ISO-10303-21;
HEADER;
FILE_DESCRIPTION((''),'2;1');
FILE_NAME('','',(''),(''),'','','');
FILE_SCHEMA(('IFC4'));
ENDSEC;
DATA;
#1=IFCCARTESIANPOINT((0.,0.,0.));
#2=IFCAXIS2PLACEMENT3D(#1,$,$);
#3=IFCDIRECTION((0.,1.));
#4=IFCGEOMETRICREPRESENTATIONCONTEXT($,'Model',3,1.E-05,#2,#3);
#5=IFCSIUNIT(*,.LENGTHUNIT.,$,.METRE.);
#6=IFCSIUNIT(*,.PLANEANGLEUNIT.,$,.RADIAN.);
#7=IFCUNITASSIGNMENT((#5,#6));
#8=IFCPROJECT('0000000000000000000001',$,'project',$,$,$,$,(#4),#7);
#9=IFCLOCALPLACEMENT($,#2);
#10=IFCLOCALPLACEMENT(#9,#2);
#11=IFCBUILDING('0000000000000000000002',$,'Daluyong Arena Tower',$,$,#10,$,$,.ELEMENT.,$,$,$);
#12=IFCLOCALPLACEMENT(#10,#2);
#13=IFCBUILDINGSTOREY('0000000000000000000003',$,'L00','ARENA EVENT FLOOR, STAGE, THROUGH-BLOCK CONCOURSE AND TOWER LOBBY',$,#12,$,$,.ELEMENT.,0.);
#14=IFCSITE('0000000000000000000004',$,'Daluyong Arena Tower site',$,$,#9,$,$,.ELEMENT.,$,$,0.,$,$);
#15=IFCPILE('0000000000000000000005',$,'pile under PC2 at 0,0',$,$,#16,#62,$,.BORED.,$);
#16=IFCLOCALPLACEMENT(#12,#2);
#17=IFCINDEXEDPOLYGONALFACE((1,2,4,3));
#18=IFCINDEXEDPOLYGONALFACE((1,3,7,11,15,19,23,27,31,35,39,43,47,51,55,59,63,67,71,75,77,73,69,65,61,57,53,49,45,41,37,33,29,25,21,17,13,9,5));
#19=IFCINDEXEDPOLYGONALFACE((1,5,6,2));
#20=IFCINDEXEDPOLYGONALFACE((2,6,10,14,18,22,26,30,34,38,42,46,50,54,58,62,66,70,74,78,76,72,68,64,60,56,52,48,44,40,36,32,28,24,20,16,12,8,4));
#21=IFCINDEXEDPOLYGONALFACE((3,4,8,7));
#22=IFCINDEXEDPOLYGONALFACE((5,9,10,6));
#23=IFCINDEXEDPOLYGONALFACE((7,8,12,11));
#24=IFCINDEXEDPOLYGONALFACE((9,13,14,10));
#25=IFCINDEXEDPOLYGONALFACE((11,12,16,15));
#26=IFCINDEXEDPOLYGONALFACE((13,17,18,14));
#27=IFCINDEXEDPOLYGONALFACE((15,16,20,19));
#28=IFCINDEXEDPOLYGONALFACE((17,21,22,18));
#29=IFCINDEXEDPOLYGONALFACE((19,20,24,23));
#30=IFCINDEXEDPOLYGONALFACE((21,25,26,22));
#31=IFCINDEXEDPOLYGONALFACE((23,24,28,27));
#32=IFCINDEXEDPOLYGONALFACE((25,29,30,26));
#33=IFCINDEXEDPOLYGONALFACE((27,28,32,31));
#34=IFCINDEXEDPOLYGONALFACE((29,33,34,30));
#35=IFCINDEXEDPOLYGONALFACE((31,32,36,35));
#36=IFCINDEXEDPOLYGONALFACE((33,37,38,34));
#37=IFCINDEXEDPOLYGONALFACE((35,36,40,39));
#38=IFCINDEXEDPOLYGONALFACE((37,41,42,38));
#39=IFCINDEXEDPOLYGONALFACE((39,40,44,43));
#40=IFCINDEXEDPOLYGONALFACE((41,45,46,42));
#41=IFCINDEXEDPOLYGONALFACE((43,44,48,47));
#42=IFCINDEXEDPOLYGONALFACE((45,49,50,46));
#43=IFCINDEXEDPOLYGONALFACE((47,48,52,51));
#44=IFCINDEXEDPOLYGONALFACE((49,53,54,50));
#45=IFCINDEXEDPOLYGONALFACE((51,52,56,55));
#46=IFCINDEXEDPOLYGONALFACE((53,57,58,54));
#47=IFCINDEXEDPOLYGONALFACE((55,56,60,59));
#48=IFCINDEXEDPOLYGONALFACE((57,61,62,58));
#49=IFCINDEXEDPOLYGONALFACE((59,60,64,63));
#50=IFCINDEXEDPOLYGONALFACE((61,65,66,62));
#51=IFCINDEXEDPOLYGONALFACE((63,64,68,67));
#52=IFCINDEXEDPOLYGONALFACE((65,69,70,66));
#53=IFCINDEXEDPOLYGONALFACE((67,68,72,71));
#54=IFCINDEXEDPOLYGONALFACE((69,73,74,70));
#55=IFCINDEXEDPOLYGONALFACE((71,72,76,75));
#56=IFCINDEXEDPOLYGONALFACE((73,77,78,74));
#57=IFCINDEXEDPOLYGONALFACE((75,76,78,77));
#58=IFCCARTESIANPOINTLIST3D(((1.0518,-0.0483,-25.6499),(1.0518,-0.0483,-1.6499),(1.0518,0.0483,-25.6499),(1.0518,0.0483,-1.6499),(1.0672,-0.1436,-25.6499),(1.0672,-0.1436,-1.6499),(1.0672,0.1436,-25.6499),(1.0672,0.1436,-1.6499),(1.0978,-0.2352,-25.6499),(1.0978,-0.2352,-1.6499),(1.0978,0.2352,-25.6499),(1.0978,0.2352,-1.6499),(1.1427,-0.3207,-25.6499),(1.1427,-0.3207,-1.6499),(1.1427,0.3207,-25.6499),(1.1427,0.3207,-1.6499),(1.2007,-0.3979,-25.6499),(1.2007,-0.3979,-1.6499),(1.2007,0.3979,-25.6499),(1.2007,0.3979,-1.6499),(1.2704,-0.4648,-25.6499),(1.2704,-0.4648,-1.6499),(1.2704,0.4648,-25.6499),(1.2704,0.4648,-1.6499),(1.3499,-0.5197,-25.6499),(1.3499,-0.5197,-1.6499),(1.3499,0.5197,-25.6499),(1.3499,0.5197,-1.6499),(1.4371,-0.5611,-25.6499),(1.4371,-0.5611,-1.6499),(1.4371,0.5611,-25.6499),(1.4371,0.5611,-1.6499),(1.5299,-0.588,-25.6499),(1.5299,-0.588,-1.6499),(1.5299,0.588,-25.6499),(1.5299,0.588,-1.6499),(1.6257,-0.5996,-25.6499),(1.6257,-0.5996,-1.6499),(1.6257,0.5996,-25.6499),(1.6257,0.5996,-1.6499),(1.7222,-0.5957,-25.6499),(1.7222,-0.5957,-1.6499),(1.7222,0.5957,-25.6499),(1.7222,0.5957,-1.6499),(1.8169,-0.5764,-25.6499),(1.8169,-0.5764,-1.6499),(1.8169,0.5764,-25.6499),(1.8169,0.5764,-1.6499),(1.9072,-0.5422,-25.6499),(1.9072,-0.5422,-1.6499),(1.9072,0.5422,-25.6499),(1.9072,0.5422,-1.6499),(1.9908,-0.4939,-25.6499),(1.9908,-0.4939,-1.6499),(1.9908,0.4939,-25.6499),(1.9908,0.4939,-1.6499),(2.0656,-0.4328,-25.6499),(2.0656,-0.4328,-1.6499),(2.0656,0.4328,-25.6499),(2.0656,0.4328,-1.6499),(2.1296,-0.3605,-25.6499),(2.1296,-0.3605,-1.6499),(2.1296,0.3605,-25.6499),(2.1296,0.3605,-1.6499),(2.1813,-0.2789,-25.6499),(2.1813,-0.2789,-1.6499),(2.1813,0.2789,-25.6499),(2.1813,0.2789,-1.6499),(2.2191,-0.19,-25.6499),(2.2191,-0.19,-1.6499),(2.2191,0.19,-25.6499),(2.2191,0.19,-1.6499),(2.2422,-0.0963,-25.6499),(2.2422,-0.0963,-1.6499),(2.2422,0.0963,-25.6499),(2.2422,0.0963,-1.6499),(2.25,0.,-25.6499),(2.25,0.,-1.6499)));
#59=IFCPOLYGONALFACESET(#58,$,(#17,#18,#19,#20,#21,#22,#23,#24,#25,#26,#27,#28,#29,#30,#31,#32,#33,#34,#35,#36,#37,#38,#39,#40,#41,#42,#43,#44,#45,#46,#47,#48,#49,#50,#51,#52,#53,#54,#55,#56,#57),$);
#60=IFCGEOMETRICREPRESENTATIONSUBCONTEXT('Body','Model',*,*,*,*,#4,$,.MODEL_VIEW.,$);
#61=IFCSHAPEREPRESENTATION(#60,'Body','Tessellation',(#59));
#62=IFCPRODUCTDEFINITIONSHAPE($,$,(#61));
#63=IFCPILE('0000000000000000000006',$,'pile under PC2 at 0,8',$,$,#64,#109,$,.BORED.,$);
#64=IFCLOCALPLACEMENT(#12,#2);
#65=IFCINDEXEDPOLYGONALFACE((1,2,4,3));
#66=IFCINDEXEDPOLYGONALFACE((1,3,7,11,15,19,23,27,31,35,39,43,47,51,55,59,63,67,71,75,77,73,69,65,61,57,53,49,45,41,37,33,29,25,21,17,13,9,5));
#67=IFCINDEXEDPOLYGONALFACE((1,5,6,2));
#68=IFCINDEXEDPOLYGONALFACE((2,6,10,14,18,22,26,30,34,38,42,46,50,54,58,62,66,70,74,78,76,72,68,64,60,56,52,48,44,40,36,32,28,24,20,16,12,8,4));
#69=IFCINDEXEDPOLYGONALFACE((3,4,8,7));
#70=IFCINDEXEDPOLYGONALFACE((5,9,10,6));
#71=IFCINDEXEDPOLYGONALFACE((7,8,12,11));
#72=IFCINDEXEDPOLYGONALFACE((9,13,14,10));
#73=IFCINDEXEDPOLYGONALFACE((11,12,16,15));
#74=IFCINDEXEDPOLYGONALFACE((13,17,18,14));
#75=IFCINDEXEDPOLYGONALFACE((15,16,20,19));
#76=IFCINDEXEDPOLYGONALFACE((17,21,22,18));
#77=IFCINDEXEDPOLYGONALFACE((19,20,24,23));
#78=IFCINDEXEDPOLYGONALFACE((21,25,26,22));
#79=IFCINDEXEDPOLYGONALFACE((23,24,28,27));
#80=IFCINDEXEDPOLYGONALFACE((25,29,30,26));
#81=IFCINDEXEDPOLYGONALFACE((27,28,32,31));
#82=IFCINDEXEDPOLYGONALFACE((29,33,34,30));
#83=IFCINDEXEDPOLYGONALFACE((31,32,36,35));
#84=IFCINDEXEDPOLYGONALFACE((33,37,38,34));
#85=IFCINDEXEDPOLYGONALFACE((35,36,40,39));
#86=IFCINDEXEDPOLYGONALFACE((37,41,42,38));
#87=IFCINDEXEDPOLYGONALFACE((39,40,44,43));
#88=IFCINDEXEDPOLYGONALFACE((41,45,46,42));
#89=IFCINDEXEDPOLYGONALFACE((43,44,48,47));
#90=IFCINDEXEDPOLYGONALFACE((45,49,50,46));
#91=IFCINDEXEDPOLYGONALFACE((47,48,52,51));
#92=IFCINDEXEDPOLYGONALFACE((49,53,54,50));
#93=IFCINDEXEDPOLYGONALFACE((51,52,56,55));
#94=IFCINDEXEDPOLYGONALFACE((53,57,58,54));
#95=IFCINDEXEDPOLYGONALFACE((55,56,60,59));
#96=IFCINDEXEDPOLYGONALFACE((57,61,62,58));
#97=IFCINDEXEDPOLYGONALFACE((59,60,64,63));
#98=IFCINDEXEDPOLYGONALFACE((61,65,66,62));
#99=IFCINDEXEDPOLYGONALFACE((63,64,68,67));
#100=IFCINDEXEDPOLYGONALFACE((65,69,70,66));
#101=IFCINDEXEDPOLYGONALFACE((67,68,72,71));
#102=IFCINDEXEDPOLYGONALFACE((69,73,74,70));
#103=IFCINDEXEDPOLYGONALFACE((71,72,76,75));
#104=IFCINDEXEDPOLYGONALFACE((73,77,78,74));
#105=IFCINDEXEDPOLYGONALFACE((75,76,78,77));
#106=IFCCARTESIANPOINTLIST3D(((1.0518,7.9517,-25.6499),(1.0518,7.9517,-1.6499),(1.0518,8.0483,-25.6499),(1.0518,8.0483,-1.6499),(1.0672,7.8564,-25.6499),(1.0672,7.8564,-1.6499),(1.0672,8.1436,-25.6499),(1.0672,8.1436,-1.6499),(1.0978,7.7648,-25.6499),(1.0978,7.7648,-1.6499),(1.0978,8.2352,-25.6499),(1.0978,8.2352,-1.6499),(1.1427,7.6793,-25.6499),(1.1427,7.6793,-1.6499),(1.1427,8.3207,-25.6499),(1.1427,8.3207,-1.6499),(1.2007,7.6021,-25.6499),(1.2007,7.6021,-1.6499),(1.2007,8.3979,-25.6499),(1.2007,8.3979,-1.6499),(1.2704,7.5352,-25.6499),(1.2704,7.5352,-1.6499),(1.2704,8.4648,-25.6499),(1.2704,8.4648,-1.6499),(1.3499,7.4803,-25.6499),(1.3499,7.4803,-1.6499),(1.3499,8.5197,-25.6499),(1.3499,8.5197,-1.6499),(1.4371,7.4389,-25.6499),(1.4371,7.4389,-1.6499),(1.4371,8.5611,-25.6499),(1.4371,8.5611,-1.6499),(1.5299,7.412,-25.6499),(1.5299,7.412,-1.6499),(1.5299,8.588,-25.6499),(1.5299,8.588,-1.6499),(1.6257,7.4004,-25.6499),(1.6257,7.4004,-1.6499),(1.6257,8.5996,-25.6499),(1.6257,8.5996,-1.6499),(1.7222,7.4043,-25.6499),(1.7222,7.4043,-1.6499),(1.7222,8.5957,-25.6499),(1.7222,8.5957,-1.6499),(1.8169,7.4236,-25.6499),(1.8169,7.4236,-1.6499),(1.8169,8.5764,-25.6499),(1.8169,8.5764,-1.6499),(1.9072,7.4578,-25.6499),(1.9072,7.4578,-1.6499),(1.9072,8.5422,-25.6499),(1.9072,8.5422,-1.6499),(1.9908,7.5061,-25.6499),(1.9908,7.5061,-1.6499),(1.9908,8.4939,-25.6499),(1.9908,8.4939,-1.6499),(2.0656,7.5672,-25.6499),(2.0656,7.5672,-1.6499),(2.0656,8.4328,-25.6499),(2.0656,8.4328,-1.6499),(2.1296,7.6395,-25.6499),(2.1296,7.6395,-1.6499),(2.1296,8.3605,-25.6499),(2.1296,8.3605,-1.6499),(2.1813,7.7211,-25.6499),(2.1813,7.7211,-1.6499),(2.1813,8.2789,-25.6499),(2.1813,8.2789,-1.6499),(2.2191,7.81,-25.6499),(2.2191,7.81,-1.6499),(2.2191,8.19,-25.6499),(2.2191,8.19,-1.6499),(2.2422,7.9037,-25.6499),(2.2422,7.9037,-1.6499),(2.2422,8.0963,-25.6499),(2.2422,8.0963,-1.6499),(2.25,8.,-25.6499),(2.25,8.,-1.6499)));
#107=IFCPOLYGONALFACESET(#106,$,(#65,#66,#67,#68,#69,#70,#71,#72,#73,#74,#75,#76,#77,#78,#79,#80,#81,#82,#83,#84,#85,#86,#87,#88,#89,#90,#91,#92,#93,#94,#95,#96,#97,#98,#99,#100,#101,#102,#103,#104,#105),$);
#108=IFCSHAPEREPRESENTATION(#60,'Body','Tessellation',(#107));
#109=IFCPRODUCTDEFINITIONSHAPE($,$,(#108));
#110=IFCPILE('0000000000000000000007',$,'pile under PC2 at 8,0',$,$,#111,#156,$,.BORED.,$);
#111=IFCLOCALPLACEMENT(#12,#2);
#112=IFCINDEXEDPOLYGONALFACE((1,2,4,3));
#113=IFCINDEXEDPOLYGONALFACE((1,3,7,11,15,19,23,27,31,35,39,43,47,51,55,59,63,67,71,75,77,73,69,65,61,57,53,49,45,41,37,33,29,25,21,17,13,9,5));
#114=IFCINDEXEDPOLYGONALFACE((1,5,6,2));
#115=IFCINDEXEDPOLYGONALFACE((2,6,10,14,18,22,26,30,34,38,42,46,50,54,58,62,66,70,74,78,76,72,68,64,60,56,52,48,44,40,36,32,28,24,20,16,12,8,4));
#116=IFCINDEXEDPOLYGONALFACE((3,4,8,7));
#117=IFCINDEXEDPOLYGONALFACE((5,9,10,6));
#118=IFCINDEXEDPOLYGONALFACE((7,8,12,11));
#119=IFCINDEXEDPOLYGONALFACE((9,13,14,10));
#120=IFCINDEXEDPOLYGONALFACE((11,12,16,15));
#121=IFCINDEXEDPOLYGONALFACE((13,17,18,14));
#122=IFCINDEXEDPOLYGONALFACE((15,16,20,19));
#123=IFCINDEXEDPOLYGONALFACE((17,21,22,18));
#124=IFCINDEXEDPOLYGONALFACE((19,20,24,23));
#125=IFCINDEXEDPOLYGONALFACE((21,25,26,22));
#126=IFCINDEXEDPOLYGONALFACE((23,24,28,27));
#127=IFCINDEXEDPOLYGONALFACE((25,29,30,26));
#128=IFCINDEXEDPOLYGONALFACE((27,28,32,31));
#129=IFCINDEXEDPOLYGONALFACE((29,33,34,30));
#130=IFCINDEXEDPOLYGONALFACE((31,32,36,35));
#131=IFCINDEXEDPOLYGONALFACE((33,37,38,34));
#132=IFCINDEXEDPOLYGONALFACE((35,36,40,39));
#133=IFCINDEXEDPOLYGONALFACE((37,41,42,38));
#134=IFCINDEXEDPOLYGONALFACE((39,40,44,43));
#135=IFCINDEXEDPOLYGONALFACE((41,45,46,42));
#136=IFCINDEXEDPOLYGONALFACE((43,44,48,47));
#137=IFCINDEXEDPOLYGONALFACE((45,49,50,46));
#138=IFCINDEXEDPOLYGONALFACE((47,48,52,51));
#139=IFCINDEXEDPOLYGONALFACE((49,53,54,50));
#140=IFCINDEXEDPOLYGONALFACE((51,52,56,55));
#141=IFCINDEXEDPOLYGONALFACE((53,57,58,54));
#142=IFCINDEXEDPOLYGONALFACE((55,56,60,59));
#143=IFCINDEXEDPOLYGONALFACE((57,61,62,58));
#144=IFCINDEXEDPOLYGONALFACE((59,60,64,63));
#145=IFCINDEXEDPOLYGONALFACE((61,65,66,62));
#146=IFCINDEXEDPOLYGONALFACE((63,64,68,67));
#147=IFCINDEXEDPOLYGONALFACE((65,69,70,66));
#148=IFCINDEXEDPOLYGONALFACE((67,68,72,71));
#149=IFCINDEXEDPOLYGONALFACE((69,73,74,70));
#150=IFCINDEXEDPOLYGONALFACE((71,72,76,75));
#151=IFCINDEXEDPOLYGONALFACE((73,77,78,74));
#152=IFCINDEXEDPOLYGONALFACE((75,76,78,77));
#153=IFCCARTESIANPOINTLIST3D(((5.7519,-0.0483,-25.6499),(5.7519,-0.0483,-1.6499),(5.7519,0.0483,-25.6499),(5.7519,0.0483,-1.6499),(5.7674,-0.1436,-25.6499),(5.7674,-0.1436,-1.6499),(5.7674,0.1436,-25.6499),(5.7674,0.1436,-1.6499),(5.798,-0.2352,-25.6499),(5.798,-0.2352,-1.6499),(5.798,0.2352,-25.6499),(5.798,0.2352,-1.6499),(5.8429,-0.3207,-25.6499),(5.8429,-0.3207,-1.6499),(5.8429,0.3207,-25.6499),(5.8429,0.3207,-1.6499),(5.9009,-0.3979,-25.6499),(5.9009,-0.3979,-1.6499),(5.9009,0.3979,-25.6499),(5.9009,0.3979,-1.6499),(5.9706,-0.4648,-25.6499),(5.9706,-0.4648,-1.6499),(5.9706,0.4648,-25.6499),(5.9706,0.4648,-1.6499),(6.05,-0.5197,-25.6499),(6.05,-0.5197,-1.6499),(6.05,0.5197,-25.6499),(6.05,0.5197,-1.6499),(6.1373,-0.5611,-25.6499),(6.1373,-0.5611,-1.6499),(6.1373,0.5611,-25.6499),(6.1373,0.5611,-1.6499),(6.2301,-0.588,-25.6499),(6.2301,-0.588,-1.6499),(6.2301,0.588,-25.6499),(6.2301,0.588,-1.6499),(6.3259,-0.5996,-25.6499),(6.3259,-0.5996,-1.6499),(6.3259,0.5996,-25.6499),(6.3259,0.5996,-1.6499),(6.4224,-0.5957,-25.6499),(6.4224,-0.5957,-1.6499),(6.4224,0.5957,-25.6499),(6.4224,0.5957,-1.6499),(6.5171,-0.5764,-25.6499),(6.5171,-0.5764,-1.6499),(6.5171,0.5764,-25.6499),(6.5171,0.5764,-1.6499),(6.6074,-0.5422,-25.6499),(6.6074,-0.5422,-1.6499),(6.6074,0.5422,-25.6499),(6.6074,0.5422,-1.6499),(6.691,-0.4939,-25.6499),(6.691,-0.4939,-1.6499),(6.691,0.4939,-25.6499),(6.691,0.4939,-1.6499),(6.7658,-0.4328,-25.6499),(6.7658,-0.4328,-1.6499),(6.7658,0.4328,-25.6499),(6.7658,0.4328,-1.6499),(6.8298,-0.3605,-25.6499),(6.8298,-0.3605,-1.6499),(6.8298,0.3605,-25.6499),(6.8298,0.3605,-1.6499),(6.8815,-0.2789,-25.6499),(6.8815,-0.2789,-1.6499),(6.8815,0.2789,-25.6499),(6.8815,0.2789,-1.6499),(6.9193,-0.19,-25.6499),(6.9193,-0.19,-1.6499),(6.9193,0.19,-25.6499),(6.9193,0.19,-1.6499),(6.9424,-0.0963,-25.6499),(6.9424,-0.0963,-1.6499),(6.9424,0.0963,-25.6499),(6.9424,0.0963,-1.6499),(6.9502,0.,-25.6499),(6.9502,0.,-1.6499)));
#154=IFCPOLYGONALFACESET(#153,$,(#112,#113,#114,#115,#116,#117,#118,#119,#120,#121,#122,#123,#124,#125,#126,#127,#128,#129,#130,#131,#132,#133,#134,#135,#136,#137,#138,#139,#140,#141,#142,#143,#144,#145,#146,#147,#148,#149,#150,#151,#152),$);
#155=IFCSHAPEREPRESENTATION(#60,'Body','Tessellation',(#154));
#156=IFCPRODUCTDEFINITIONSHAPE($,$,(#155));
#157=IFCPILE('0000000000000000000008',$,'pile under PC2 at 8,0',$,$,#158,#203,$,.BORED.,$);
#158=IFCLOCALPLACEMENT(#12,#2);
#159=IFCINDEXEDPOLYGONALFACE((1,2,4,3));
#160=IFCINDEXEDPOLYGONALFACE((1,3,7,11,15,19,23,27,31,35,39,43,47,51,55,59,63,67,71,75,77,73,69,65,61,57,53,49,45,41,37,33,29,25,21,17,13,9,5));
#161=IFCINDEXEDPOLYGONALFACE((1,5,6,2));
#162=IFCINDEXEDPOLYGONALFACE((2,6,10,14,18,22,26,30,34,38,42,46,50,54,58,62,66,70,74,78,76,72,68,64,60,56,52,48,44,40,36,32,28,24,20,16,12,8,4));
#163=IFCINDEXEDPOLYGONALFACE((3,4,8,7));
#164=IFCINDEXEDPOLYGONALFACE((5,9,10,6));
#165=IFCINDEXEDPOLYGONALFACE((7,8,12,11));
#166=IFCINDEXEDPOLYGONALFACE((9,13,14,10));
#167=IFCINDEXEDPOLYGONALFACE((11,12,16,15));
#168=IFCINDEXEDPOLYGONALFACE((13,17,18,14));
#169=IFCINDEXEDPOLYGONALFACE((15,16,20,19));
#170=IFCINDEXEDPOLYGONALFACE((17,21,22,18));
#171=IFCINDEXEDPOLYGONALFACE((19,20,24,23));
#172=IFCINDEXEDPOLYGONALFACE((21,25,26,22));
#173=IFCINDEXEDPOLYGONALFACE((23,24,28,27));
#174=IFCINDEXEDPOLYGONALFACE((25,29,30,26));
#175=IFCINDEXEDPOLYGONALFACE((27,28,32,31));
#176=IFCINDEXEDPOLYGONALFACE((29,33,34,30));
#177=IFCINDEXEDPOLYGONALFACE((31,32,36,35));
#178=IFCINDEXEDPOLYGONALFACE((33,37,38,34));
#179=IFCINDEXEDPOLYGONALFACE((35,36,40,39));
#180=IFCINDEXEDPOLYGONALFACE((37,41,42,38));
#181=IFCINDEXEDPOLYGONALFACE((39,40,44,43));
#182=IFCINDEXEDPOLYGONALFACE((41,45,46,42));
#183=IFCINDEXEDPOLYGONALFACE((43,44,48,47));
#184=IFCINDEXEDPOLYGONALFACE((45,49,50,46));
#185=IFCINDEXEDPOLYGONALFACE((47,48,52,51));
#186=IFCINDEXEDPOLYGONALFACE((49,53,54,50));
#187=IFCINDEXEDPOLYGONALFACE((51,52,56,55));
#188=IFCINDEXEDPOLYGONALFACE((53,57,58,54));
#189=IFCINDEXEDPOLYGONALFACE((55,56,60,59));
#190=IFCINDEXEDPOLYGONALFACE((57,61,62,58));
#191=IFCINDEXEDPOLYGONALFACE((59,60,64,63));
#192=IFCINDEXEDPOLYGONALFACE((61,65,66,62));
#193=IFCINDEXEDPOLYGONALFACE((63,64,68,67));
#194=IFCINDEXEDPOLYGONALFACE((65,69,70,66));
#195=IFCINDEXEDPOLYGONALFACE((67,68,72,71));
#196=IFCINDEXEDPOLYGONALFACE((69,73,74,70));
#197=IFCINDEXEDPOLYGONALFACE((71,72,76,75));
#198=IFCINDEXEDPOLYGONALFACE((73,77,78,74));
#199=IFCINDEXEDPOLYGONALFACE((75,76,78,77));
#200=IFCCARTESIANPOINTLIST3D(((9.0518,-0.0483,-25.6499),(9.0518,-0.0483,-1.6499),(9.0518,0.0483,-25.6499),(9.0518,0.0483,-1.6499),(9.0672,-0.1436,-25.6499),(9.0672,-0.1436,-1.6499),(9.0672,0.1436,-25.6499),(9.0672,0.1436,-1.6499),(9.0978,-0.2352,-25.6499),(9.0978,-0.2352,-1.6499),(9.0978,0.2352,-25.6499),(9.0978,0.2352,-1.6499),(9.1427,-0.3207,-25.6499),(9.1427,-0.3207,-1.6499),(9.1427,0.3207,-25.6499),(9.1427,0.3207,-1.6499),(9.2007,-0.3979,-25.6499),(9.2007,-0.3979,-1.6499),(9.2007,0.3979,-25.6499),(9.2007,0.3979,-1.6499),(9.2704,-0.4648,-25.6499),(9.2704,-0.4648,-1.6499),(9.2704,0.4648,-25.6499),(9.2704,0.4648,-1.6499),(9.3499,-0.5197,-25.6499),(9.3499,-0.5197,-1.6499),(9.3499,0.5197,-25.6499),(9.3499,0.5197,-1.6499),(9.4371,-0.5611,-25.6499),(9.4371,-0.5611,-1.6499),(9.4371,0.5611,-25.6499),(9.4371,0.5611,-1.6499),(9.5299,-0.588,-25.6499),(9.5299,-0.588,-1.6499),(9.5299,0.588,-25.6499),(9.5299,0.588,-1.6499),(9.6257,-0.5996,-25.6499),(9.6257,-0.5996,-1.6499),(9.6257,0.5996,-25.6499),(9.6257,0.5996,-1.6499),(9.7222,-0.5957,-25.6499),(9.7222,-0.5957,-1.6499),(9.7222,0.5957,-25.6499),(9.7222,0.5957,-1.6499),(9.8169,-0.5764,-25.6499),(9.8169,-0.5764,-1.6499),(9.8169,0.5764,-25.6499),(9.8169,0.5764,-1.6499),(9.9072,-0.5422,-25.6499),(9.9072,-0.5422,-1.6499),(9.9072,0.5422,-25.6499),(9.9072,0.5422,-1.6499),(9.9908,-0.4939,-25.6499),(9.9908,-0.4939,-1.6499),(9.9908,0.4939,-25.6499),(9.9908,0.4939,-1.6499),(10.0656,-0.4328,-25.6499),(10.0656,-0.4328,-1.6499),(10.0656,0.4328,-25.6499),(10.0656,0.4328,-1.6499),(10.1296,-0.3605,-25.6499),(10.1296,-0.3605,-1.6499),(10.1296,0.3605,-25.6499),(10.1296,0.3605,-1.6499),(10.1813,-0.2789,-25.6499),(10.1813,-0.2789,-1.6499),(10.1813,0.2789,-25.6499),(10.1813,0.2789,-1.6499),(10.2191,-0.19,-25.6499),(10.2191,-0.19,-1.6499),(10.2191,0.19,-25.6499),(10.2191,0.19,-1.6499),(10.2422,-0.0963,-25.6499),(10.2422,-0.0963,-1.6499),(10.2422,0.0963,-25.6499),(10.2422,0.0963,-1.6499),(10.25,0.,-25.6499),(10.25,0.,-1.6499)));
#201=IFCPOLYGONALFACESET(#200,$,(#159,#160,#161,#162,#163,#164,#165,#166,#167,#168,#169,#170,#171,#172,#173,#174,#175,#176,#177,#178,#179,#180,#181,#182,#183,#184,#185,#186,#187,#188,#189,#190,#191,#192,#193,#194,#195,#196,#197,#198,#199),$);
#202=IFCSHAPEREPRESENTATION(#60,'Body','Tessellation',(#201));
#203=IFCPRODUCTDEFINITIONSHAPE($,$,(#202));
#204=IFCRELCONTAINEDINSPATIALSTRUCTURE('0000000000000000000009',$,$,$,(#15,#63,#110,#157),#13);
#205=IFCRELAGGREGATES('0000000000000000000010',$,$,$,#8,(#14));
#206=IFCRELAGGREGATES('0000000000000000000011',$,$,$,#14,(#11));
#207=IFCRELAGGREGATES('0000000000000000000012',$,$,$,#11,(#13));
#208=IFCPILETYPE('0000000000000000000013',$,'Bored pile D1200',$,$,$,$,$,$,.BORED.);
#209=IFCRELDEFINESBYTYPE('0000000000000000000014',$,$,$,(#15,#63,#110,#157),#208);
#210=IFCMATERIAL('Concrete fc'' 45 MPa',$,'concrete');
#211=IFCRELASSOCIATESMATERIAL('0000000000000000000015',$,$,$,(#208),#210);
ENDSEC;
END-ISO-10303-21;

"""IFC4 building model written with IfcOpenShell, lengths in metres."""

from ifc_helpers import new_model, si_unit, direction, frame, origin, origin_2d, place, context, subcontext, project, spatial, circle, extrude, material, type_object, element, save


model = new_model("IFC4")

# Units and contexts
model_context = context("Model", 3, precision=1e-05, world=origin(), true_north=direction((0.0, 1.0)))
body_context = subcontext(model_context, "Body", "Model", "MODEL_VIEW")
ifc_project = project(units=[si_unit("LENGTHUNIT", "METRE"), si_unit("PLANEANGLEUNIT", "RADIAN")], contexts=[model_context])

# Site, building, storey
site_placement = place(None, origin())
site = spatial("IfcSite", under=ifc_project, at=site_placement, Name="Daluyong Arena Tower site", CompositionType="ELEMENT", RefElevation=0.0)
building_placement = place(site_placement, origin())
building = spatial("IfcBuilding", under=site, at=building_placement, Name="Daluyong Arena Tower", CompositionType="ELEMENT")
storey_placement = place(building_placement, origin())
storey = spatial("IfcBuildingStorey", under=building, at=storey_placement, Name="L00", Description="ARENA EVENT FLOOR, STAGE, THROUGH-BLOCK CONCOURSE AND TOWER LOBBY", CompositionType="ELEMENT", Elevation=0.0)

# Piles
ifc_material_1 = material(Name="Concrete fc' 45 MPa", Category="concrete")
pile_type = type_object("IfcPileType", Name="Bored pile D1200", PredefinedType="BORED", material=ifc_material_1)
for number, where, z_axis, x_axis, name in (
    (1, (1.6499, 0.0, -1.6499), (0.0, 0.0, -1.0), (1.0, 0.0, 0.0), "pile under PC2 at 0,0"),
    (2, (1.6499, 8.0, -1.6499), (0.0, 0.0, -1.0), (1.0, 0.0, 0.0), "pile under PC2 at 0,8"),
    (3, (6.3501, 0.0, -1.6499), (0.0, 0.0, -1.0), (1.0, 0.0, 0.0), "pile under PC2 at 8,0"),
    (4, (9.6499, 0.0, -1.6499), (0.0, 0.0, -1.0), (1.0, 0.0, 0.0), "pile under PC2 at 8,0"),
):
    element("IfcPile", number, at=place(storey_placement, frame(where, z_axis=z_axis, x_axis=x_axis)), inside=storey, type_object=pile_type, Name=name, PredefinedType="BORED", context=body_context, shape_type="SweptSolid", body=[
        extrude(circle(Radius=0.6001, at=origin_2d()), origin(), (0.0, 0.0, 1.0), 24.0),
    ])

save(model, "model.ifc")
